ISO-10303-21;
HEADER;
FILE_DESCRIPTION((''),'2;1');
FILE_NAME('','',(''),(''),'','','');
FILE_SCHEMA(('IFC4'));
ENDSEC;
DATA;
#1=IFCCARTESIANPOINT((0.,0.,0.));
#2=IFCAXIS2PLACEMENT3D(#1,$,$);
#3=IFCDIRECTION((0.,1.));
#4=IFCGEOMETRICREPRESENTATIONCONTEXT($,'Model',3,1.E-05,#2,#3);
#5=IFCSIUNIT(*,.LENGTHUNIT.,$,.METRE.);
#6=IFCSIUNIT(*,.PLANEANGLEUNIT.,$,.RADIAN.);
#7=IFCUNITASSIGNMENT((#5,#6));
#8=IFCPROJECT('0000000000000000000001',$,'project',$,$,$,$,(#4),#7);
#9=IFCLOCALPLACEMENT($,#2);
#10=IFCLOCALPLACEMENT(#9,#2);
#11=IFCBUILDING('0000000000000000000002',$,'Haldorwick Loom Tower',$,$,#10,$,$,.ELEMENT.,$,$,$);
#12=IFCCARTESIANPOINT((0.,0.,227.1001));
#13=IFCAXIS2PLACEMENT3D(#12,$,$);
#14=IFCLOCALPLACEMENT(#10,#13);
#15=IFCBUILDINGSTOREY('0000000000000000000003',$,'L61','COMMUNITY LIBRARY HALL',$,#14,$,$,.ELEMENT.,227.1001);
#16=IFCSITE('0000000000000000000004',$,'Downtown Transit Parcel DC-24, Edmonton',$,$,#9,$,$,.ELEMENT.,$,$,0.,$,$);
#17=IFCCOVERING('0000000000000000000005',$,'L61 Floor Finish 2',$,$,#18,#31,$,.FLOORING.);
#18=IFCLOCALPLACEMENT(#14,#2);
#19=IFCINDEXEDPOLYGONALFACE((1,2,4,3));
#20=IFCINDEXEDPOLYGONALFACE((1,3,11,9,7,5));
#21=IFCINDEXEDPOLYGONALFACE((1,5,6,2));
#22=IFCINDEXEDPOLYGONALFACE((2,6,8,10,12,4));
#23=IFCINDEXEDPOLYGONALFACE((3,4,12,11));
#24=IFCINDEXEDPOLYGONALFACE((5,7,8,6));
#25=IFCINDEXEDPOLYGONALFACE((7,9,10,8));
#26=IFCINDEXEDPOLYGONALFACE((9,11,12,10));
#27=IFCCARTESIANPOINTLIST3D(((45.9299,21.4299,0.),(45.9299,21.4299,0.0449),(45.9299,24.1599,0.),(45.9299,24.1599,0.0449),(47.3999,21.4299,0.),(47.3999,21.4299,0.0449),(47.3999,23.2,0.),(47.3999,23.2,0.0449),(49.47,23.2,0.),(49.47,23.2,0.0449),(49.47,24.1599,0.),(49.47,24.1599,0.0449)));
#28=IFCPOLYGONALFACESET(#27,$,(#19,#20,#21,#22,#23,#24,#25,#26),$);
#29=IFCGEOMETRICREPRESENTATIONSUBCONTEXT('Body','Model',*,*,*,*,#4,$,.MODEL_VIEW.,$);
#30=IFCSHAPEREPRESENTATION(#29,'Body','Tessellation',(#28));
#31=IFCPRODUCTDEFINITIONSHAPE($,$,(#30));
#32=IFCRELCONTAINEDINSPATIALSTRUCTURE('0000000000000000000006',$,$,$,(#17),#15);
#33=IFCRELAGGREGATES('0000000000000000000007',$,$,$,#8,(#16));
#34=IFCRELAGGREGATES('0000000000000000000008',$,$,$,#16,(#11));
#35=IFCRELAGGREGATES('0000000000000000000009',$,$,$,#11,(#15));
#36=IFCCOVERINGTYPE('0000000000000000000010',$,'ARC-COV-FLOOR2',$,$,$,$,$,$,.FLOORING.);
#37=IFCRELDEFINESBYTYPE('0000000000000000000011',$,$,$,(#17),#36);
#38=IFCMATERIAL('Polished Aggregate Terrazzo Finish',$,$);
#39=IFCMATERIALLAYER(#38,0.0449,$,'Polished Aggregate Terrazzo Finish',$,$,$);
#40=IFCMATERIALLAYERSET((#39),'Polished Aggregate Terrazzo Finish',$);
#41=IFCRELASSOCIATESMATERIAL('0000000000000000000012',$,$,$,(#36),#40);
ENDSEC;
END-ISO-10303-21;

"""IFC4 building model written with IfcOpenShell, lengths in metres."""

from ifc_helpers import new_model, si_unit, direction, frame, origin, place, context, subcontext, project, spatial, polyline, outline, extrude, material, layer, layer_set, type_object, element, save


model = new_model("IFC4")

# Units and contexts
model_context = context("Model", 3, precision=1e-05, world=origin(), true_north=direction((0.0, 1.0)))
body_context = subcontext(model_context, "Body", "Model", "MODEL_VIEW")
ifc_project = project(units=[si_unit("LENGTHUNIT", "METRE"), si_unit("PLANEANGLEUNIT", "RADIAN")], contexts=[model_context])

# Site, building, storey
site_placement = place(None, origin())
site = spatial("IfcSite", under=ifc_project, at=site_placement, Name="Downtown Transit Parcel DC-24, Edmonton", CompositionType="ELEMENT", RefElevation=0.0)
building_placement = place(site_placement, origin())
building = spatial("IfcBuilding", under=site, at=building_placement, Name="Haldorwick Loom Tower", CompositionType="ELEMENT")
storey_placement = place(building_placement, frame((0.0, 0.0, 227.1001)))
storey = spatial("IfcBuildingStorey", under=building, at=storey_placement, Name="L61", Description="COMMUNITY LIBRARY HALL", CompositionType="ELEMENT", Elevation=227.1001)

# Covering
ifc_material_1 = material(Name="Polished Aggregate Terrazzo Finish")
ifc_layer_1 = layer(ifc_material_1, 0.0449, Name="Polished Aggregate Terrazzo Finish")
ifc_layer_set_1 = layer_set([ifc_layer_1], Name="Polished Aggregate Terrazzo Finish")
covering_type_1 = type_object("IfcCoveringType", Name="ARC-COV-FLOOR2", PredefinedType="FLOORING", material=ifc_layer_set_1)
covering_1_placement = place(storey_placement, origin())
element("IfcCovering", 1, at=covering_1_placement, inside=storey, type_object=covering_type_1, Name="L61 Floor Finish 2", PredefinedType="FLOORING", context=body_context, shape_type="SweptSolid", body=[
    extrude(outline(polyline([(45.9299, 24.1599), (45.9299, 21.4299), (47.3999, 21.4299), (47.3999, 23.2), (49.47, 23.2), (49.47, 24.1599), (45.9299, 24.1599)])), origin(), (0.0, 0.0, 1.0), 0.0449),
])

save(model, "model.ifc")
